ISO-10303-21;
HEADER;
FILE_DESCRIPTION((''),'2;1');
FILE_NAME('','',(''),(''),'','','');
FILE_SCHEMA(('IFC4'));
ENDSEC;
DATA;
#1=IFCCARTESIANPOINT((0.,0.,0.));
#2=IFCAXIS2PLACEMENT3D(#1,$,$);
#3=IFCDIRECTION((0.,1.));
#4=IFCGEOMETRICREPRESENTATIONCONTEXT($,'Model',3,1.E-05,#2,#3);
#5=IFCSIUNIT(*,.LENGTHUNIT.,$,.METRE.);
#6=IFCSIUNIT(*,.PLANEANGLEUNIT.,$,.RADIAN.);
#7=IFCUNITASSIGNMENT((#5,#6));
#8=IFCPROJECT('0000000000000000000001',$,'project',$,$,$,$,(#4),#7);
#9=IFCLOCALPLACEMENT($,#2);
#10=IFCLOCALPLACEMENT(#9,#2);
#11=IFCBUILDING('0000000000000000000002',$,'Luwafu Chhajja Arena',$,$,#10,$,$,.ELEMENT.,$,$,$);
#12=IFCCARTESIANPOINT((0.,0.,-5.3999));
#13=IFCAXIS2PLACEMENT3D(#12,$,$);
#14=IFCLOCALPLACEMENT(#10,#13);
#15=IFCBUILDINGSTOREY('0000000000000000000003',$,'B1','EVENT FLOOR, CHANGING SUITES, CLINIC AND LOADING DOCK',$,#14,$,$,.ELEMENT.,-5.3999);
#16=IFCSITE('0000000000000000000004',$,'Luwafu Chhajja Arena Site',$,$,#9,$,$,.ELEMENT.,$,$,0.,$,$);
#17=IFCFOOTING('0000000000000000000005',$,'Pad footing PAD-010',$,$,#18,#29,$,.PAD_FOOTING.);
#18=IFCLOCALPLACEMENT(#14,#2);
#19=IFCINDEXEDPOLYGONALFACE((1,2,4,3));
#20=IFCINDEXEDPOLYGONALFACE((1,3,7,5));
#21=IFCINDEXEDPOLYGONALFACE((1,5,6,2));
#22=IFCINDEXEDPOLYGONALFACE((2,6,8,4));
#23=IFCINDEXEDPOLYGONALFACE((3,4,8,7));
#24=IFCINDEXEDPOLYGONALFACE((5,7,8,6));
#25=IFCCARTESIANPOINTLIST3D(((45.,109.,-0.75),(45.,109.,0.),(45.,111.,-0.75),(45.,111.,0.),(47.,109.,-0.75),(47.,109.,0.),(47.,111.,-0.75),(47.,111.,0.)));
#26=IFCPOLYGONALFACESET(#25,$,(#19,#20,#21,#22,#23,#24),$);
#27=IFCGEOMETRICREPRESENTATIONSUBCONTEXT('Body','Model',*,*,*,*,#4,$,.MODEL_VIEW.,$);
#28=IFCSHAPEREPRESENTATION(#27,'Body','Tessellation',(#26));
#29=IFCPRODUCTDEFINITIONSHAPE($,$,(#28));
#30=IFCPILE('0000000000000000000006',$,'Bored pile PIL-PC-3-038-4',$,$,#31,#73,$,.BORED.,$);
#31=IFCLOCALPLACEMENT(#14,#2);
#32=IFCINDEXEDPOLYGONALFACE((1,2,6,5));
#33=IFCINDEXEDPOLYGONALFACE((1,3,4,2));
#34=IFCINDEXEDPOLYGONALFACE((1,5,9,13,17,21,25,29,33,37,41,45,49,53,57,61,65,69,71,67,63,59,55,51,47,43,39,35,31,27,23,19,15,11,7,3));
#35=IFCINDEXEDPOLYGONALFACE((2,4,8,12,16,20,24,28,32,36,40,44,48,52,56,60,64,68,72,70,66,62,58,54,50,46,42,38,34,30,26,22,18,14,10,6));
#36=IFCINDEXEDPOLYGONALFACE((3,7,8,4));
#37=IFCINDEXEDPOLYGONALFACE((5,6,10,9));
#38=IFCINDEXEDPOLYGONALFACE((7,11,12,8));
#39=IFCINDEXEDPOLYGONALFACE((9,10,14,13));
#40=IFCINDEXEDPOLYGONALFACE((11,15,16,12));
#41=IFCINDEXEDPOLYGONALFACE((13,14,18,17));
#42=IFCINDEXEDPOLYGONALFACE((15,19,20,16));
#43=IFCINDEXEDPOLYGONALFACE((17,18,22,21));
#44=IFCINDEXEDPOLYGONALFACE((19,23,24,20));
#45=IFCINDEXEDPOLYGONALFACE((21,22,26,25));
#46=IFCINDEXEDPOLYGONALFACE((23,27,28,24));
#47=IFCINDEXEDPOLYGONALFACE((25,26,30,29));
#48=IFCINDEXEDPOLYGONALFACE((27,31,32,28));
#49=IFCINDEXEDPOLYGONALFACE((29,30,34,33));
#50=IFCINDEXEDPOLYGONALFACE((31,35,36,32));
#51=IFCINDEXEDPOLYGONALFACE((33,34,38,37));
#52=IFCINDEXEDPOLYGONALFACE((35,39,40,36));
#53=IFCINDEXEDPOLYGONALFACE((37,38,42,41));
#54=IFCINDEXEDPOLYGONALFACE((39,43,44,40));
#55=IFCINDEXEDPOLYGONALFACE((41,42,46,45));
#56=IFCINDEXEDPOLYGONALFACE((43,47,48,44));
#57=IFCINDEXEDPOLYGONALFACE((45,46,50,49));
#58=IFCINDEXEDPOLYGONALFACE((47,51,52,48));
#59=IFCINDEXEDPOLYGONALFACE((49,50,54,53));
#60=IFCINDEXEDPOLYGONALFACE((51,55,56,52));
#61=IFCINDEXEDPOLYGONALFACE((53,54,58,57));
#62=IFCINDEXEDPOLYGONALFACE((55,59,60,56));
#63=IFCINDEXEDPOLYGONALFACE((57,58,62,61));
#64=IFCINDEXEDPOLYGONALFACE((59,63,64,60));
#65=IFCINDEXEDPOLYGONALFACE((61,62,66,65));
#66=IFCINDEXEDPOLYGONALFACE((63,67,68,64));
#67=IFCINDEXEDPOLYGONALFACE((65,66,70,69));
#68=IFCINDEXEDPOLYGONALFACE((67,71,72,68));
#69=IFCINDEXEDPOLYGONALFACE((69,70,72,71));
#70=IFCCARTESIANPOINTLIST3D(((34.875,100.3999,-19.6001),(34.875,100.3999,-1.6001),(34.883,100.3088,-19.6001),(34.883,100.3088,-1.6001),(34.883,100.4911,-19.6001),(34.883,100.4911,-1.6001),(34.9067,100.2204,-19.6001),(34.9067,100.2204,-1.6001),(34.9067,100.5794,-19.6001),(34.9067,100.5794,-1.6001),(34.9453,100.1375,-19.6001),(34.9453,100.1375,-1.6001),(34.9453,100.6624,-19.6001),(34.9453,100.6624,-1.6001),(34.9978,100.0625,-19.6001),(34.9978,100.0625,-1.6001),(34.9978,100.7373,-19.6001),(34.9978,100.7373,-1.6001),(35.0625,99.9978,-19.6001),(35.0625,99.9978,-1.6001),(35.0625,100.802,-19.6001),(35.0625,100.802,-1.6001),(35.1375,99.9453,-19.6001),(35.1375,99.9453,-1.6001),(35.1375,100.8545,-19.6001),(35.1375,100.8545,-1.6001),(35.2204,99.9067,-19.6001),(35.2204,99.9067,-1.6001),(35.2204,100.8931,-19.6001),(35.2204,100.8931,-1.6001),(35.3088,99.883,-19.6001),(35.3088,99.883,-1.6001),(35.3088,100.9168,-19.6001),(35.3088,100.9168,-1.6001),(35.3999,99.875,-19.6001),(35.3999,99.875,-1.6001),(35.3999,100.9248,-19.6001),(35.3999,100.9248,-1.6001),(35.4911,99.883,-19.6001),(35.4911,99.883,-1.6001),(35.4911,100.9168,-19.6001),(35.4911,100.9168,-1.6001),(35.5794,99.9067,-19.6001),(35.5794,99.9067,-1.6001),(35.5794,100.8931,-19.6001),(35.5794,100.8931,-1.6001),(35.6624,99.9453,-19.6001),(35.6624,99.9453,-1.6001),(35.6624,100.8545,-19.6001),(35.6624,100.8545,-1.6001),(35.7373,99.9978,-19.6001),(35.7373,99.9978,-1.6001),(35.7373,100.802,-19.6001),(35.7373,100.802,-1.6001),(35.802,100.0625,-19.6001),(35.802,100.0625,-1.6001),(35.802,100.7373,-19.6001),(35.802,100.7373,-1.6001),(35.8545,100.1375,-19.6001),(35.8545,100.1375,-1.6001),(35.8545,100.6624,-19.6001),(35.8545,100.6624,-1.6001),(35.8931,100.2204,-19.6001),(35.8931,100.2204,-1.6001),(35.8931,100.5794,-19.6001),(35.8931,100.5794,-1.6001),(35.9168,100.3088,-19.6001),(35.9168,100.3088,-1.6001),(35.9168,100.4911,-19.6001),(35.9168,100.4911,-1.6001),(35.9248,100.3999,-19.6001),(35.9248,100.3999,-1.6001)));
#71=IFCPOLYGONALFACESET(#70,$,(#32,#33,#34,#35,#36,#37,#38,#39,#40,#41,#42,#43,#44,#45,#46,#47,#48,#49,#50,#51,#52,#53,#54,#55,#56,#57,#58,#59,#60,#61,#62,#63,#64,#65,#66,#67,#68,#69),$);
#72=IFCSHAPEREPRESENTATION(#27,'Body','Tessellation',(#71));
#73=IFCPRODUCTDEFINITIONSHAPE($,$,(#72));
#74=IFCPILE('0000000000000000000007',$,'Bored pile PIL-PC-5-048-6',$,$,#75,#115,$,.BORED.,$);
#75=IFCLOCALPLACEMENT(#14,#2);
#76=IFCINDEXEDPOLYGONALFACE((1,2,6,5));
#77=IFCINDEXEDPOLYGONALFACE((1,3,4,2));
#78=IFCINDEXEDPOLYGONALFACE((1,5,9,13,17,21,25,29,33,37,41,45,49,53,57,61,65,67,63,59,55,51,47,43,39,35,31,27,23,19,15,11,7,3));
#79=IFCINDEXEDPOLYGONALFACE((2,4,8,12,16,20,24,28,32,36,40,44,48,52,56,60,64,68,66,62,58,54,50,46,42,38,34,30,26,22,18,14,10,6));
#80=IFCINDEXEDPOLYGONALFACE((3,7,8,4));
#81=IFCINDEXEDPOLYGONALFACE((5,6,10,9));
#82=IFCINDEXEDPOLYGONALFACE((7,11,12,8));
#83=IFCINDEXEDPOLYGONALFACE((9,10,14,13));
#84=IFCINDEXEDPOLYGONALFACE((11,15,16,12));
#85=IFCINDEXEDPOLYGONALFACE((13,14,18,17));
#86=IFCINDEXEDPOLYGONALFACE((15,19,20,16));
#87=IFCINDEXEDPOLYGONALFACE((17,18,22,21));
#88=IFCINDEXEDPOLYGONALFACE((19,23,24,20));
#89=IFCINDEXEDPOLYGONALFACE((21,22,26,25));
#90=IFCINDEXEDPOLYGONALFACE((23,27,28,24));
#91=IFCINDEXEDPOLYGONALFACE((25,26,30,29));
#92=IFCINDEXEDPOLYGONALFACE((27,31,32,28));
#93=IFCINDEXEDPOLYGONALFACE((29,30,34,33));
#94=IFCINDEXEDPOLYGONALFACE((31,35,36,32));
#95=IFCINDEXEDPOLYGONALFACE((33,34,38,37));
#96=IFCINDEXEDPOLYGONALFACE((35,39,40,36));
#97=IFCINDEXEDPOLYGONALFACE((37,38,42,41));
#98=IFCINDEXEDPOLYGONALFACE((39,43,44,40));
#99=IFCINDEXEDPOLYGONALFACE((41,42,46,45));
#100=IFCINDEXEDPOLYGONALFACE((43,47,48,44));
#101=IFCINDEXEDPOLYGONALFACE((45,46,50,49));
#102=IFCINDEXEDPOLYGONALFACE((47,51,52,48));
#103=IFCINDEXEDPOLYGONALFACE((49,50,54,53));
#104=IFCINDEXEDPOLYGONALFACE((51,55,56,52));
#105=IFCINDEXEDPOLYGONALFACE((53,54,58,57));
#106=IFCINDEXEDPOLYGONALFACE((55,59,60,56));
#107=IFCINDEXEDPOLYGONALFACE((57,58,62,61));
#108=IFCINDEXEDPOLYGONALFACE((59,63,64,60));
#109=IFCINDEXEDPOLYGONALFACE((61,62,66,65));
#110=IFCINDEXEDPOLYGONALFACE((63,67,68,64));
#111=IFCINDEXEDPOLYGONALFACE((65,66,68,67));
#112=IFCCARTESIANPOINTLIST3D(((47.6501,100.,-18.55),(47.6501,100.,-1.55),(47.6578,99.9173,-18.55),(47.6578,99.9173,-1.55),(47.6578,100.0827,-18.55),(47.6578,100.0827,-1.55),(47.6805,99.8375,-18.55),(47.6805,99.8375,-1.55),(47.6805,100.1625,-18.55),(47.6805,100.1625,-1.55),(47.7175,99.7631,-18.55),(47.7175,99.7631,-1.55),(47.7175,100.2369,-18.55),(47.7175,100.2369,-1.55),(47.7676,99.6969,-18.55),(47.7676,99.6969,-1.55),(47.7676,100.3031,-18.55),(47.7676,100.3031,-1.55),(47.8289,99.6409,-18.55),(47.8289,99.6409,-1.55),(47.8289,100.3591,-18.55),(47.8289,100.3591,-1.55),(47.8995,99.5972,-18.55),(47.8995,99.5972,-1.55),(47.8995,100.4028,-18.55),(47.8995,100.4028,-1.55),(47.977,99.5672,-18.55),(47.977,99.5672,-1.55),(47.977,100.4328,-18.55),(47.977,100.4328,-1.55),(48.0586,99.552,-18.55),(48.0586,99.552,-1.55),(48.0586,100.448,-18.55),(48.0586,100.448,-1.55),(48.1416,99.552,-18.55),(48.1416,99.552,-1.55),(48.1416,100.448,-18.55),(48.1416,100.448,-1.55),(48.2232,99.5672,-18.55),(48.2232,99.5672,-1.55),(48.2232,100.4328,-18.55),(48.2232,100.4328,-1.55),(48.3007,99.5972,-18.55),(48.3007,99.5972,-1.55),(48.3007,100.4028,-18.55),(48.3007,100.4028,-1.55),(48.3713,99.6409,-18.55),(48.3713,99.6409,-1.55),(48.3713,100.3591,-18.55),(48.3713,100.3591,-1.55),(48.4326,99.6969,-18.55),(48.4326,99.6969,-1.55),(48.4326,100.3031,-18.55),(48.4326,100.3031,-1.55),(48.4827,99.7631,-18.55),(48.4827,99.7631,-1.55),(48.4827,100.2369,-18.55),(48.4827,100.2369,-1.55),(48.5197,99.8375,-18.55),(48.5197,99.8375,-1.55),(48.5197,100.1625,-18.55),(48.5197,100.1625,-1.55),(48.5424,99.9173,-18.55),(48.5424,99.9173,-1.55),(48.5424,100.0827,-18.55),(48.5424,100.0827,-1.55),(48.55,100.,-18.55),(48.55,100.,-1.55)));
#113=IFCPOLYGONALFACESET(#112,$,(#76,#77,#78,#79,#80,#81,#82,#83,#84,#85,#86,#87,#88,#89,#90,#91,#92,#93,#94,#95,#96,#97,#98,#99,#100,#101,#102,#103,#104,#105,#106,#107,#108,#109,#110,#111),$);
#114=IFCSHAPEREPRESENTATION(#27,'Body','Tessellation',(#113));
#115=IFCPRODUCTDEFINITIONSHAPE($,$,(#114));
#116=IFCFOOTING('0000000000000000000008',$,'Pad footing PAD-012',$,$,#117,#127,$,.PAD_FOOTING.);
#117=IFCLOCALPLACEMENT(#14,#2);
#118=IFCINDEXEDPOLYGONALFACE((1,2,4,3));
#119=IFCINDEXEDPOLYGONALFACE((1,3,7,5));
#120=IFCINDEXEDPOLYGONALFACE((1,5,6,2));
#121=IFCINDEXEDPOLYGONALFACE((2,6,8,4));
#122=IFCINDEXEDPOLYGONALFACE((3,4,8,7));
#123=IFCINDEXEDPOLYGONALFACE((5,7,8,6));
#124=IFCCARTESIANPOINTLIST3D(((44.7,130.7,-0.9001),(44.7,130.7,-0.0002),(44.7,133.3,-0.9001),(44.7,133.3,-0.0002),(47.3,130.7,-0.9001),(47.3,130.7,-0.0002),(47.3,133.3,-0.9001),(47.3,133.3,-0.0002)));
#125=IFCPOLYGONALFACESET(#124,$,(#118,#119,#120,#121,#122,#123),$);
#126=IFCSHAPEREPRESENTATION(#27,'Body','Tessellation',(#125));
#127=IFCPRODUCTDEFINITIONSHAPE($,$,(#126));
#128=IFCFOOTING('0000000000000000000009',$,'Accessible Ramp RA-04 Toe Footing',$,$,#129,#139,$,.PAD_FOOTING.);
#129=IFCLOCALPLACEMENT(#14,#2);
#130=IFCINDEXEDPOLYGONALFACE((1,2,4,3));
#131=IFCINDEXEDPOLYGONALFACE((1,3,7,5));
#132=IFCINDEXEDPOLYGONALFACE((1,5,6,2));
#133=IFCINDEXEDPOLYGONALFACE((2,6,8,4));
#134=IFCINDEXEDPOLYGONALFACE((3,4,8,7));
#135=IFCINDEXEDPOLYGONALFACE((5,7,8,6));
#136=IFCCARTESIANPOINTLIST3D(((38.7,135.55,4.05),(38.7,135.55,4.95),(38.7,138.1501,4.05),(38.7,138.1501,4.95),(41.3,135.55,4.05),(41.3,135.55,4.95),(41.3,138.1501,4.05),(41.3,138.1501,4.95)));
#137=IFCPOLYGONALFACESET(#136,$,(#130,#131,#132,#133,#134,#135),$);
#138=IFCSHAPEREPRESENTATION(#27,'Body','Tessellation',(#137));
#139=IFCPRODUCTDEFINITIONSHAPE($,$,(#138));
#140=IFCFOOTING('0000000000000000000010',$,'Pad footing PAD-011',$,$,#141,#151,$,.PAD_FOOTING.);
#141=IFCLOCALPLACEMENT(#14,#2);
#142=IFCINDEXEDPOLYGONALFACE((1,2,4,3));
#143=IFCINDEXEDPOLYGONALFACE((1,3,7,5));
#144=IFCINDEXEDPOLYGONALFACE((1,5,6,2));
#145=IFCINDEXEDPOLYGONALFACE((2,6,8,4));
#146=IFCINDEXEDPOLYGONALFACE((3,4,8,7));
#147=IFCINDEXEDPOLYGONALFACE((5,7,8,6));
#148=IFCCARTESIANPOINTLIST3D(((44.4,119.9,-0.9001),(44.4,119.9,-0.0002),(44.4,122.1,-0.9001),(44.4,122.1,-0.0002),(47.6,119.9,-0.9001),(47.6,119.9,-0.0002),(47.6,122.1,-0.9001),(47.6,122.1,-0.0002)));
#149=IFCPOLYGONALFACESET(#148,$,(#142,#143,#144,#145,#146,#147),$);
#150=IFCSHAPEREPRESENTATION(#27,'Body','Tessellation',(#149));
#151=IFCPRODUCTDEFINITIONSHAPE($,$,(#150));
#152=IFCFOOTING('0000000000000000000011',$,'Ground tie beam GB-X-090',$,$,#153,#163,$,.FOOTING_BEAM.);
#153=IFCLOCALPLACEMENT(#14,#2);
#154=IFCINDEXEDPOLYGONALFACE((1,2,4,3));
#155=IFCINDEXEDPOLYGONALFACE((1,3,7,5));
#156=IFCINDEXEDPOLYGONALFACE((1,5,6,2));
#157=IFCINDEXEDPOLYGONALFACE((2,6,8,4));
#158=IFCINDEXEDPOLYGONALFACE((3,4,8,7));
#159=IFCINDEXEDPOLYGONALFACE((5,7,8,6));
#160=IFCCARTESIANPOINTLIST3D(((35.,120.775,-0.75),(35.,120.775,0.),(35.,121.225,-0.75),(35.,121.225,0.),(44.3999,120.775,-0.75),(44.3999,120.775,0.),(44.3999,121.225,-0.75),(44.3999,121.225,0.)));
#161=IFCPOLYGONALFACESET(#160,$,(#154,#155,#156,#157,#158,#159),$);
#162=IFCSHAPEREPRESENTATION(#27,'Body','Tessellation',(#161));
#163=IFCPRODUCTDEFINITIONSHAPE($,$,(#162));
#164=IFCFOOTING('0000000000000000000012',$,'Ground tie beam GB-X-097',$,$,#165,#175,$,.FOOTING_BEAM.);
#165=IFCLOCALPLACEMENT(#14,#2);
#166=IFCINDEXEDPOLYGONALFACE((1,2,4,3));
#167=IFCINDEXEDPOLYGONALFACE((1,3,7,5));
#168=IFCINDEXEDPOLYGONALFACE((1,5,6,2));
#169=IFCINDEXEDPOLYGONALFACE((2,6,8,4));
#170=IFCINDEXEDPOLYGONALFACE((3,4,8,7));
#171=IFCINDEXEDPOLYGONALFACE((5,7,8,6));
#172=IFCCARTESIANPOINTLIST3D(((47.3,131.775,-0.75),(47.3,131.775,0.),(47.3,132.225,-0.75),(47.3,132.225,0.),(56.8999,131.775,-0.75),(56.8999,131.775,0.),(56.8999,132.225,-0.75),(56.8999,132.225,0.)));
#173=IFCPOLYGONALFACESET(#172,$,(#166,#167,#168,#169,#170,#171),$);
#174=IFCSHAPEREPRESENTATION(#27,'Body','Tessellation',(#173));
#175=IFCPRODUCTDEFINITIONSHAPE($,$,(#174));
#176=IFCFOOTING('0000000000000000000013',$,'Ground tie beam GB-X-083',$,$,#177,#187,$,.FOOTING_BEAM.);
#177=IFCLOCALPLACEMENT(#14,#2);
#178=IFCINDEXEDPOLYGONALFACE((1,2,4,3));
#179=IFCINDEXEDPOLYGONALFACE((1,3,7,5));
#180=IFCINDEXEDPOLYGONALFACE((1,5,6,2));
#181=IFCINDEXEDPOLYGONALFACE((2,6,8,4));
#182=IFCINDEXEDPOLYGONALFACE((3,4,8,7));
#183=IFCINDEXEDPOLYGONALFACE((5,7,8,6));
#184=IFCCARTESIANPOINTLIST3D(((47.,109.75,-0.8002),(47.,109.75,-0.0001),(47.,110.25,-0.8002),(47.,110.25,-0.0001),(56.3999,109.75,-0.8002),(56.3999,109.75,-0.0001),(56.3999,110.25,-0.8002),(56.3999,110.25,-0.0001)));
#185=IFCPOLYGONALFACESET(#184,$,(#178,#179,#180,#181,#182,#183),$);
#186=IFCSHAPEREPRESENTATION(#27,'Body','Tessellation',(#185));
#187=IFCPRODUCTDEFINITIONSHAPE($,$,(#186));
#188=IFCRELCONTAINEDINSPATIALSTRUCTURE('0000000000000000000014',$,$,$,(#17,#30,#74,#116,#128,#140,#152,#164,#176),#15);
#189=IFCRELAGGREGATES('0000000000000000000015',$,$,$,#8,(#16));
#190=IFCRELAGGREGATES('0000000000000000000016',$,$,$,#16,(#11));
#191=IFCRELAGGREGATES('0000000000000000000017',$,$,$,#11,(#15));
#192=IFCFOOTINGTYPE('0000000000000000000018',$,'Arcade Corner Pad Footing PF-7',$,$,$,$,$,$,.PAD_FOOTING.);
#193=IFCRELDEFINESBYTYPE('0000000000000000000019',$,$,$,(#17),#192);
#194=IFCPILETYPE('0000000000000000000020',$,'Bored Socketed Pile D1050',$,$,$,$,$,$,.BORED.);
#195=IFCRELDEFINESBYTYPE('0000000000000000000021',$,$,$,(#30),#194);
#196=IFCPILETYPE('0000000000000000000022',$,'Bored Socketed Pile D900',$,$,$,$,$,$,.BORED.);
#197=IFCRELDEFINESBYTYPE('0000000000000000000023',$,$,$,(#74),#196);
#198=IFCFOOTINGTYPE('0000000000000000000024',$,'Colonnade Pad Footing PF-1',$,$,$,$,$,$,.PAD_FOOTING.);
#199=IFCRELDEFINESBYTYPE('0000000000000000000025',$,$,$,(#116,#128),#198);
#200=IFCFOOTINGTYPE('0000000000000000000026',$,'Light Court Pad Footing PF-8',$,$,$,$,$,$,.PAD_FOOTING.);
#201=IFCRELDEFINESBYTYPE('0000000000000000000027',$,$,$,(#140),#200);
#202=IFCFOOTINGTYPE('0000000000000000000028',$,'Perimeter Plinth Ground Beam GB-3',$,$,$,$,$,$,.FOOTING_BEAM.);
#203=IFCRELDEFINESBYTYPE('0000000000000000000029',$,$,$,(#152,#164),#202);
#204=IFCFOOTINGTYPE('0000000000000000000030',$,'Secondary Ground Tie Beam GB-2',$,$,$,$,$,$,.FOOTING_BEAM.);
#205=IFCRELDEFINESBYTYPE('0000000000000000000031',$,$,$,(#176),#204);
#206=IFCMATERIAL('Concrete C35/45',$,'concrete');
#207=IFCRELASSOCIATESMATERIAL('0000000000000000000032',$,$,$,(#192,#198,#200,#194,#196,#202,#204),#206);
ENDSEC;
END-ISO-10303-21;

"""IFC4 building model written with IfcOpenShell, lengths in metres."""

from ifc_helpers import new_model, si_unit, direction, frame, origin, origin_2d, place, context, subcontext, project, spatial, rectangle, circle, extrude, material, material_profile, profile_set, type_object, element, save


model = new_model("IFC4")

# Units and contexts
model_context = context("Model", 3, precision=1e-05, world=origin(), true_north=direction((0.0, 1.0)))
body_context = subcontext(model_context, "Body", "Model", "MODEL_VIEW")
ifc_project = project(units=[si_unit("LENGTHUNIT", "METRE"), si_unit("PLANEANGLEUNIT", "RADIAN")], contexts=[model_context])

# Site, building, storey
site_placement = place(None, origin())
site = spatial("IfcSite", under=ifc_project, at=site_placement, Name="Luwafu Chhajja Arena Site", CompositionType="ELEMENT", RefElevation=0.0)
building_placement = place(site_placement, origin())
building = spatial("IfcBuilding", under=site, at=building_placement, Name="Luwafu Chhajja Arena", CompositionType="ELEMENT")
storey_placement = place(building_placement, frame((0.0, 0.0, -5.3999)))
storey = spatial("IfcBuildingStorey", under=building, at=storey_placement, Name="B1", Description="EVENT FLOOR, CHANGING SUITES, CLINIC AND LOADING DOCK", CompositionType="ELEMENT", Elevation=-5.3999)

# Footing
ifc_material_1 = material(Name="Concrete C35/45", Category="concrete")
footing_type_1 = type_object("IfcFootingType", Name="Arcade Corner Pad Footing PF-7", PredefinedType="PAD_FOOTING", material=ifc_material_1)
footing_1_placement = place(storey_placement, frame((46.0, 110.0, -0.75), z_axis=(0.0, 0.0, 1.0), x_axis=(1.0, 0.0, 0.0)))
element("IfcFooting", 1, at=footing_1_placement, inside=storey, type_object=footing_type_1, Name="Pad footing PAD-010", PredefinedType="PAD_FOOTING", context=body_context, shape_type="SweptSolid", body=[
    extrude(rectangle(XDim=2.0, YDim=2.0, at=origin_2d()), origin(), (0.0, 0.0, 1.0), 0.75),
])

# Piles
ifc_material_profile_1 = material_profile(ifc_material_1, circle(Radius=0.5249, at=origin_2d()), Name="PILE D1050")
ifc_profile_set_1 = profile_set([ifc_material_profile_1], Name="Concrete C35/45")
pile_type_1 = type_object("IfcPileType", Name="Bored Socketed Pile D1050", PredefinedType="BORED", material=ifc_profile_set_1)
pile_1_placement = place(storey_placement, frame((35.3999, 100.3999, -1.6001), z_axis=(0.0, 0.0, -1.0), x_axis=(1.0, 0.0, 0.0)))
element("IfcPile", 2, at=pile_1_placement, inside=storey, type_object=pile_type_1, Name="Bored pile PIL-PC-3-038-4", PredefinedType="BORED", context=body_context, shape_type="SweptSolid", body=[
    extrude(circle(Radius=0.5249, at=origin_2d()), origin(), (0.0, 0.0, 1.0), 18.0),
])
ifc_material_profile_2 = material_profile(ifc_material_1, circle(Radius=0.45, at=origin_2d()), Name="PILE D900")
ifc_profile_set_2 = profile_set([ifc_material_profile_2], Name="Concrete C35/45")
pile_type_2 = type_object("IfcPileType", Name="Bored Socketed Pile D900", PredefinedType="BORED", material=ifc_profile_set_2)
pile_2_placement = place(storey_placement, frame((48.1001, 100.0, -1.55), z_axis=(0.0, 0.0, -1.0), x_axis=(1.0, 0.0, 0.0)))
element("IfcPile", 3, at=pile_2_placement, inside=storey, type_object=pile_type_2, Name="Bored pile PIL-PC-5-048-6", PredefinedType="BORED", context=body_context, shape_type="SweptSolid", body=[
    extrude(circle(Radius=0.45, at=origin_2d()), origin(), (0.0, 0.0, 1.0), 17.0),
])

# Footings
footing_type_2 = type_object("IfcFootingType", Name="Colonnade Pad Footing PF-1", PredefinedType="PAD_FOOTING", material=ifc_material_1)
for number, where, z_axis, x_axis, name in (
    (4, (46.0, 132.0, -0.9001), (0.0, 0.0, 1.0), (1.0, 0.0, 0.0), "Pad footing PAD-012"),
    (5, (40.0, 136.8501, 4.05), (0.0, 0.0, 1.0), (1.0, 0.0, 0.0), "Accessible Ramp RA-04 Toe Footing"),
):
    element("IfcFooting", number, at=place(storey_placement, frame(where, z_axis=z_axis, x_axis=x_axis)), inside=storey, type_object=footing_type_2, Name=name, PredefinedType="PAD_FOOTING", context=body_context, shape_type="SweptSolid", body=[
        extrude(rectangle(XDim=2.6001, YDim=2.6001, at=origin_2d()), origin(), (0.0, 0.0, 1.0), 0.8999),
    ])
footing_type_3 = type_object("IfcFootingType", Name="Light Court Pad Footing PF-8", PredefinedType="PAD_FOOTING", material=ifc_material_1)
footing_2_placement = place(storey_placement, frame((46.0, 121.0, -0.9001), z_axis=(0.0, 0.0, 1.0), x_axis=(1.0, 0.0, 0.0)))
element("IfcFooting", 6, at=footing_2_placement, inside=storey, type_object=footing_type_3, Name="Pad footing PAD-011", PredefinedType="PAD_FOOTING", context=body_context, shape_type="SweptSolid", body=[
    extrude(rectangle(XDim=3.2, YDim=2.2, at=origin_2d()), origin(), (0.0, 0.0, 1.0), 0.8999),
])
ifc_material_profile_3 = material_profile(ifc_material_1, rectangle(XDim=0.45, YDim=0.75, at=origin_2d()), Name="RC 450x750")
ifc_profile_set_3 = profile_set([ifc_material_profile_3], Name="Concrete C35/45")
footing_type_4 = type_object("IfcFootingType", Name="Perimeter Plinth Ground Beam GB-3", PredefinedType="FOOTING_BEAM", material=ifc_profile_set_3)
footing_3_placement = place(storey_placement, frame((35.0, 121.0, -0.375), z_axis=(1.0, 0.0, 0.0), x_axis=(0.0, 1.0, 0.0)))
element("IfcFooting", 7, at=footing_3_placement, inside=storey, type_object=footing_type_4, Name="Ground tie beam GB-X-090", PredefinedType="FOOTING_BEAM", context=body_context, shape_type="SweptSolid", body=[
    extrude(rectangle(XDim=0.45, YDim=0.75, at=origin_2d()), origin(), (0.0, 0.0, 1.0), 9.3999),
])
footing_4_placement = place(storey_placement, frame((47.3, 132.0, -0.375), z_axis=(1.0, 0.0, 0.0), x_axis=(0.0, 1.0, 0.0)))
element("IfcFooting", 8, at=footing_4_placement, inside=storey, type_object=footing_type_4, Name="Ground tie beam GB-X-097", PredefinedType="FOOTING_BEAM", context=body_context, shape_type="SweptSolid", body=[
    extrude(rectangle(XDim=0.45, YDim=0.75, at=origin_2d()), origin(), (0.0, 0.0, 1.0), 9.5999),
])
ifc_material_profile_4 = material_profile(ifc_material_1, rectangle(XDim=0.5, YDim=0.8, at=origin_2d()), Name="RC 500x800")
ifc_profile_set_4 = profile_set([ifc_material_profile_4], Name="Concrete C35/45")
footing_type_5 = type_object("IfcFootingType", Name="Secondary Ground Tie Beam GB-2", PredefinedType="FOOTING_BEAM", material=ifc_profile_set_4)
footing_5_placement = place(storey_placement, frame((47.0, 110.0, -0.4001), z_axis=(1.0, 0.0, 0.0), x_axis=(0.0, 1.0, 0.0)))
element("IfcFooting", 9, at=footing_5_placement, inside=storey, type_object=footing_type_5, Name="Ground tie beam GB-X-083", PredefinedType="FOOTING_BEAM", context=body_context, shape_type="SweptSolid", body=[
    extrude(rectangle(XDim=0.5, YDim=0.8, at=origin_2d()), origin(), (0.0, 0.0, 1.0), 9.3999),
])

save(model, "model.ifc")
